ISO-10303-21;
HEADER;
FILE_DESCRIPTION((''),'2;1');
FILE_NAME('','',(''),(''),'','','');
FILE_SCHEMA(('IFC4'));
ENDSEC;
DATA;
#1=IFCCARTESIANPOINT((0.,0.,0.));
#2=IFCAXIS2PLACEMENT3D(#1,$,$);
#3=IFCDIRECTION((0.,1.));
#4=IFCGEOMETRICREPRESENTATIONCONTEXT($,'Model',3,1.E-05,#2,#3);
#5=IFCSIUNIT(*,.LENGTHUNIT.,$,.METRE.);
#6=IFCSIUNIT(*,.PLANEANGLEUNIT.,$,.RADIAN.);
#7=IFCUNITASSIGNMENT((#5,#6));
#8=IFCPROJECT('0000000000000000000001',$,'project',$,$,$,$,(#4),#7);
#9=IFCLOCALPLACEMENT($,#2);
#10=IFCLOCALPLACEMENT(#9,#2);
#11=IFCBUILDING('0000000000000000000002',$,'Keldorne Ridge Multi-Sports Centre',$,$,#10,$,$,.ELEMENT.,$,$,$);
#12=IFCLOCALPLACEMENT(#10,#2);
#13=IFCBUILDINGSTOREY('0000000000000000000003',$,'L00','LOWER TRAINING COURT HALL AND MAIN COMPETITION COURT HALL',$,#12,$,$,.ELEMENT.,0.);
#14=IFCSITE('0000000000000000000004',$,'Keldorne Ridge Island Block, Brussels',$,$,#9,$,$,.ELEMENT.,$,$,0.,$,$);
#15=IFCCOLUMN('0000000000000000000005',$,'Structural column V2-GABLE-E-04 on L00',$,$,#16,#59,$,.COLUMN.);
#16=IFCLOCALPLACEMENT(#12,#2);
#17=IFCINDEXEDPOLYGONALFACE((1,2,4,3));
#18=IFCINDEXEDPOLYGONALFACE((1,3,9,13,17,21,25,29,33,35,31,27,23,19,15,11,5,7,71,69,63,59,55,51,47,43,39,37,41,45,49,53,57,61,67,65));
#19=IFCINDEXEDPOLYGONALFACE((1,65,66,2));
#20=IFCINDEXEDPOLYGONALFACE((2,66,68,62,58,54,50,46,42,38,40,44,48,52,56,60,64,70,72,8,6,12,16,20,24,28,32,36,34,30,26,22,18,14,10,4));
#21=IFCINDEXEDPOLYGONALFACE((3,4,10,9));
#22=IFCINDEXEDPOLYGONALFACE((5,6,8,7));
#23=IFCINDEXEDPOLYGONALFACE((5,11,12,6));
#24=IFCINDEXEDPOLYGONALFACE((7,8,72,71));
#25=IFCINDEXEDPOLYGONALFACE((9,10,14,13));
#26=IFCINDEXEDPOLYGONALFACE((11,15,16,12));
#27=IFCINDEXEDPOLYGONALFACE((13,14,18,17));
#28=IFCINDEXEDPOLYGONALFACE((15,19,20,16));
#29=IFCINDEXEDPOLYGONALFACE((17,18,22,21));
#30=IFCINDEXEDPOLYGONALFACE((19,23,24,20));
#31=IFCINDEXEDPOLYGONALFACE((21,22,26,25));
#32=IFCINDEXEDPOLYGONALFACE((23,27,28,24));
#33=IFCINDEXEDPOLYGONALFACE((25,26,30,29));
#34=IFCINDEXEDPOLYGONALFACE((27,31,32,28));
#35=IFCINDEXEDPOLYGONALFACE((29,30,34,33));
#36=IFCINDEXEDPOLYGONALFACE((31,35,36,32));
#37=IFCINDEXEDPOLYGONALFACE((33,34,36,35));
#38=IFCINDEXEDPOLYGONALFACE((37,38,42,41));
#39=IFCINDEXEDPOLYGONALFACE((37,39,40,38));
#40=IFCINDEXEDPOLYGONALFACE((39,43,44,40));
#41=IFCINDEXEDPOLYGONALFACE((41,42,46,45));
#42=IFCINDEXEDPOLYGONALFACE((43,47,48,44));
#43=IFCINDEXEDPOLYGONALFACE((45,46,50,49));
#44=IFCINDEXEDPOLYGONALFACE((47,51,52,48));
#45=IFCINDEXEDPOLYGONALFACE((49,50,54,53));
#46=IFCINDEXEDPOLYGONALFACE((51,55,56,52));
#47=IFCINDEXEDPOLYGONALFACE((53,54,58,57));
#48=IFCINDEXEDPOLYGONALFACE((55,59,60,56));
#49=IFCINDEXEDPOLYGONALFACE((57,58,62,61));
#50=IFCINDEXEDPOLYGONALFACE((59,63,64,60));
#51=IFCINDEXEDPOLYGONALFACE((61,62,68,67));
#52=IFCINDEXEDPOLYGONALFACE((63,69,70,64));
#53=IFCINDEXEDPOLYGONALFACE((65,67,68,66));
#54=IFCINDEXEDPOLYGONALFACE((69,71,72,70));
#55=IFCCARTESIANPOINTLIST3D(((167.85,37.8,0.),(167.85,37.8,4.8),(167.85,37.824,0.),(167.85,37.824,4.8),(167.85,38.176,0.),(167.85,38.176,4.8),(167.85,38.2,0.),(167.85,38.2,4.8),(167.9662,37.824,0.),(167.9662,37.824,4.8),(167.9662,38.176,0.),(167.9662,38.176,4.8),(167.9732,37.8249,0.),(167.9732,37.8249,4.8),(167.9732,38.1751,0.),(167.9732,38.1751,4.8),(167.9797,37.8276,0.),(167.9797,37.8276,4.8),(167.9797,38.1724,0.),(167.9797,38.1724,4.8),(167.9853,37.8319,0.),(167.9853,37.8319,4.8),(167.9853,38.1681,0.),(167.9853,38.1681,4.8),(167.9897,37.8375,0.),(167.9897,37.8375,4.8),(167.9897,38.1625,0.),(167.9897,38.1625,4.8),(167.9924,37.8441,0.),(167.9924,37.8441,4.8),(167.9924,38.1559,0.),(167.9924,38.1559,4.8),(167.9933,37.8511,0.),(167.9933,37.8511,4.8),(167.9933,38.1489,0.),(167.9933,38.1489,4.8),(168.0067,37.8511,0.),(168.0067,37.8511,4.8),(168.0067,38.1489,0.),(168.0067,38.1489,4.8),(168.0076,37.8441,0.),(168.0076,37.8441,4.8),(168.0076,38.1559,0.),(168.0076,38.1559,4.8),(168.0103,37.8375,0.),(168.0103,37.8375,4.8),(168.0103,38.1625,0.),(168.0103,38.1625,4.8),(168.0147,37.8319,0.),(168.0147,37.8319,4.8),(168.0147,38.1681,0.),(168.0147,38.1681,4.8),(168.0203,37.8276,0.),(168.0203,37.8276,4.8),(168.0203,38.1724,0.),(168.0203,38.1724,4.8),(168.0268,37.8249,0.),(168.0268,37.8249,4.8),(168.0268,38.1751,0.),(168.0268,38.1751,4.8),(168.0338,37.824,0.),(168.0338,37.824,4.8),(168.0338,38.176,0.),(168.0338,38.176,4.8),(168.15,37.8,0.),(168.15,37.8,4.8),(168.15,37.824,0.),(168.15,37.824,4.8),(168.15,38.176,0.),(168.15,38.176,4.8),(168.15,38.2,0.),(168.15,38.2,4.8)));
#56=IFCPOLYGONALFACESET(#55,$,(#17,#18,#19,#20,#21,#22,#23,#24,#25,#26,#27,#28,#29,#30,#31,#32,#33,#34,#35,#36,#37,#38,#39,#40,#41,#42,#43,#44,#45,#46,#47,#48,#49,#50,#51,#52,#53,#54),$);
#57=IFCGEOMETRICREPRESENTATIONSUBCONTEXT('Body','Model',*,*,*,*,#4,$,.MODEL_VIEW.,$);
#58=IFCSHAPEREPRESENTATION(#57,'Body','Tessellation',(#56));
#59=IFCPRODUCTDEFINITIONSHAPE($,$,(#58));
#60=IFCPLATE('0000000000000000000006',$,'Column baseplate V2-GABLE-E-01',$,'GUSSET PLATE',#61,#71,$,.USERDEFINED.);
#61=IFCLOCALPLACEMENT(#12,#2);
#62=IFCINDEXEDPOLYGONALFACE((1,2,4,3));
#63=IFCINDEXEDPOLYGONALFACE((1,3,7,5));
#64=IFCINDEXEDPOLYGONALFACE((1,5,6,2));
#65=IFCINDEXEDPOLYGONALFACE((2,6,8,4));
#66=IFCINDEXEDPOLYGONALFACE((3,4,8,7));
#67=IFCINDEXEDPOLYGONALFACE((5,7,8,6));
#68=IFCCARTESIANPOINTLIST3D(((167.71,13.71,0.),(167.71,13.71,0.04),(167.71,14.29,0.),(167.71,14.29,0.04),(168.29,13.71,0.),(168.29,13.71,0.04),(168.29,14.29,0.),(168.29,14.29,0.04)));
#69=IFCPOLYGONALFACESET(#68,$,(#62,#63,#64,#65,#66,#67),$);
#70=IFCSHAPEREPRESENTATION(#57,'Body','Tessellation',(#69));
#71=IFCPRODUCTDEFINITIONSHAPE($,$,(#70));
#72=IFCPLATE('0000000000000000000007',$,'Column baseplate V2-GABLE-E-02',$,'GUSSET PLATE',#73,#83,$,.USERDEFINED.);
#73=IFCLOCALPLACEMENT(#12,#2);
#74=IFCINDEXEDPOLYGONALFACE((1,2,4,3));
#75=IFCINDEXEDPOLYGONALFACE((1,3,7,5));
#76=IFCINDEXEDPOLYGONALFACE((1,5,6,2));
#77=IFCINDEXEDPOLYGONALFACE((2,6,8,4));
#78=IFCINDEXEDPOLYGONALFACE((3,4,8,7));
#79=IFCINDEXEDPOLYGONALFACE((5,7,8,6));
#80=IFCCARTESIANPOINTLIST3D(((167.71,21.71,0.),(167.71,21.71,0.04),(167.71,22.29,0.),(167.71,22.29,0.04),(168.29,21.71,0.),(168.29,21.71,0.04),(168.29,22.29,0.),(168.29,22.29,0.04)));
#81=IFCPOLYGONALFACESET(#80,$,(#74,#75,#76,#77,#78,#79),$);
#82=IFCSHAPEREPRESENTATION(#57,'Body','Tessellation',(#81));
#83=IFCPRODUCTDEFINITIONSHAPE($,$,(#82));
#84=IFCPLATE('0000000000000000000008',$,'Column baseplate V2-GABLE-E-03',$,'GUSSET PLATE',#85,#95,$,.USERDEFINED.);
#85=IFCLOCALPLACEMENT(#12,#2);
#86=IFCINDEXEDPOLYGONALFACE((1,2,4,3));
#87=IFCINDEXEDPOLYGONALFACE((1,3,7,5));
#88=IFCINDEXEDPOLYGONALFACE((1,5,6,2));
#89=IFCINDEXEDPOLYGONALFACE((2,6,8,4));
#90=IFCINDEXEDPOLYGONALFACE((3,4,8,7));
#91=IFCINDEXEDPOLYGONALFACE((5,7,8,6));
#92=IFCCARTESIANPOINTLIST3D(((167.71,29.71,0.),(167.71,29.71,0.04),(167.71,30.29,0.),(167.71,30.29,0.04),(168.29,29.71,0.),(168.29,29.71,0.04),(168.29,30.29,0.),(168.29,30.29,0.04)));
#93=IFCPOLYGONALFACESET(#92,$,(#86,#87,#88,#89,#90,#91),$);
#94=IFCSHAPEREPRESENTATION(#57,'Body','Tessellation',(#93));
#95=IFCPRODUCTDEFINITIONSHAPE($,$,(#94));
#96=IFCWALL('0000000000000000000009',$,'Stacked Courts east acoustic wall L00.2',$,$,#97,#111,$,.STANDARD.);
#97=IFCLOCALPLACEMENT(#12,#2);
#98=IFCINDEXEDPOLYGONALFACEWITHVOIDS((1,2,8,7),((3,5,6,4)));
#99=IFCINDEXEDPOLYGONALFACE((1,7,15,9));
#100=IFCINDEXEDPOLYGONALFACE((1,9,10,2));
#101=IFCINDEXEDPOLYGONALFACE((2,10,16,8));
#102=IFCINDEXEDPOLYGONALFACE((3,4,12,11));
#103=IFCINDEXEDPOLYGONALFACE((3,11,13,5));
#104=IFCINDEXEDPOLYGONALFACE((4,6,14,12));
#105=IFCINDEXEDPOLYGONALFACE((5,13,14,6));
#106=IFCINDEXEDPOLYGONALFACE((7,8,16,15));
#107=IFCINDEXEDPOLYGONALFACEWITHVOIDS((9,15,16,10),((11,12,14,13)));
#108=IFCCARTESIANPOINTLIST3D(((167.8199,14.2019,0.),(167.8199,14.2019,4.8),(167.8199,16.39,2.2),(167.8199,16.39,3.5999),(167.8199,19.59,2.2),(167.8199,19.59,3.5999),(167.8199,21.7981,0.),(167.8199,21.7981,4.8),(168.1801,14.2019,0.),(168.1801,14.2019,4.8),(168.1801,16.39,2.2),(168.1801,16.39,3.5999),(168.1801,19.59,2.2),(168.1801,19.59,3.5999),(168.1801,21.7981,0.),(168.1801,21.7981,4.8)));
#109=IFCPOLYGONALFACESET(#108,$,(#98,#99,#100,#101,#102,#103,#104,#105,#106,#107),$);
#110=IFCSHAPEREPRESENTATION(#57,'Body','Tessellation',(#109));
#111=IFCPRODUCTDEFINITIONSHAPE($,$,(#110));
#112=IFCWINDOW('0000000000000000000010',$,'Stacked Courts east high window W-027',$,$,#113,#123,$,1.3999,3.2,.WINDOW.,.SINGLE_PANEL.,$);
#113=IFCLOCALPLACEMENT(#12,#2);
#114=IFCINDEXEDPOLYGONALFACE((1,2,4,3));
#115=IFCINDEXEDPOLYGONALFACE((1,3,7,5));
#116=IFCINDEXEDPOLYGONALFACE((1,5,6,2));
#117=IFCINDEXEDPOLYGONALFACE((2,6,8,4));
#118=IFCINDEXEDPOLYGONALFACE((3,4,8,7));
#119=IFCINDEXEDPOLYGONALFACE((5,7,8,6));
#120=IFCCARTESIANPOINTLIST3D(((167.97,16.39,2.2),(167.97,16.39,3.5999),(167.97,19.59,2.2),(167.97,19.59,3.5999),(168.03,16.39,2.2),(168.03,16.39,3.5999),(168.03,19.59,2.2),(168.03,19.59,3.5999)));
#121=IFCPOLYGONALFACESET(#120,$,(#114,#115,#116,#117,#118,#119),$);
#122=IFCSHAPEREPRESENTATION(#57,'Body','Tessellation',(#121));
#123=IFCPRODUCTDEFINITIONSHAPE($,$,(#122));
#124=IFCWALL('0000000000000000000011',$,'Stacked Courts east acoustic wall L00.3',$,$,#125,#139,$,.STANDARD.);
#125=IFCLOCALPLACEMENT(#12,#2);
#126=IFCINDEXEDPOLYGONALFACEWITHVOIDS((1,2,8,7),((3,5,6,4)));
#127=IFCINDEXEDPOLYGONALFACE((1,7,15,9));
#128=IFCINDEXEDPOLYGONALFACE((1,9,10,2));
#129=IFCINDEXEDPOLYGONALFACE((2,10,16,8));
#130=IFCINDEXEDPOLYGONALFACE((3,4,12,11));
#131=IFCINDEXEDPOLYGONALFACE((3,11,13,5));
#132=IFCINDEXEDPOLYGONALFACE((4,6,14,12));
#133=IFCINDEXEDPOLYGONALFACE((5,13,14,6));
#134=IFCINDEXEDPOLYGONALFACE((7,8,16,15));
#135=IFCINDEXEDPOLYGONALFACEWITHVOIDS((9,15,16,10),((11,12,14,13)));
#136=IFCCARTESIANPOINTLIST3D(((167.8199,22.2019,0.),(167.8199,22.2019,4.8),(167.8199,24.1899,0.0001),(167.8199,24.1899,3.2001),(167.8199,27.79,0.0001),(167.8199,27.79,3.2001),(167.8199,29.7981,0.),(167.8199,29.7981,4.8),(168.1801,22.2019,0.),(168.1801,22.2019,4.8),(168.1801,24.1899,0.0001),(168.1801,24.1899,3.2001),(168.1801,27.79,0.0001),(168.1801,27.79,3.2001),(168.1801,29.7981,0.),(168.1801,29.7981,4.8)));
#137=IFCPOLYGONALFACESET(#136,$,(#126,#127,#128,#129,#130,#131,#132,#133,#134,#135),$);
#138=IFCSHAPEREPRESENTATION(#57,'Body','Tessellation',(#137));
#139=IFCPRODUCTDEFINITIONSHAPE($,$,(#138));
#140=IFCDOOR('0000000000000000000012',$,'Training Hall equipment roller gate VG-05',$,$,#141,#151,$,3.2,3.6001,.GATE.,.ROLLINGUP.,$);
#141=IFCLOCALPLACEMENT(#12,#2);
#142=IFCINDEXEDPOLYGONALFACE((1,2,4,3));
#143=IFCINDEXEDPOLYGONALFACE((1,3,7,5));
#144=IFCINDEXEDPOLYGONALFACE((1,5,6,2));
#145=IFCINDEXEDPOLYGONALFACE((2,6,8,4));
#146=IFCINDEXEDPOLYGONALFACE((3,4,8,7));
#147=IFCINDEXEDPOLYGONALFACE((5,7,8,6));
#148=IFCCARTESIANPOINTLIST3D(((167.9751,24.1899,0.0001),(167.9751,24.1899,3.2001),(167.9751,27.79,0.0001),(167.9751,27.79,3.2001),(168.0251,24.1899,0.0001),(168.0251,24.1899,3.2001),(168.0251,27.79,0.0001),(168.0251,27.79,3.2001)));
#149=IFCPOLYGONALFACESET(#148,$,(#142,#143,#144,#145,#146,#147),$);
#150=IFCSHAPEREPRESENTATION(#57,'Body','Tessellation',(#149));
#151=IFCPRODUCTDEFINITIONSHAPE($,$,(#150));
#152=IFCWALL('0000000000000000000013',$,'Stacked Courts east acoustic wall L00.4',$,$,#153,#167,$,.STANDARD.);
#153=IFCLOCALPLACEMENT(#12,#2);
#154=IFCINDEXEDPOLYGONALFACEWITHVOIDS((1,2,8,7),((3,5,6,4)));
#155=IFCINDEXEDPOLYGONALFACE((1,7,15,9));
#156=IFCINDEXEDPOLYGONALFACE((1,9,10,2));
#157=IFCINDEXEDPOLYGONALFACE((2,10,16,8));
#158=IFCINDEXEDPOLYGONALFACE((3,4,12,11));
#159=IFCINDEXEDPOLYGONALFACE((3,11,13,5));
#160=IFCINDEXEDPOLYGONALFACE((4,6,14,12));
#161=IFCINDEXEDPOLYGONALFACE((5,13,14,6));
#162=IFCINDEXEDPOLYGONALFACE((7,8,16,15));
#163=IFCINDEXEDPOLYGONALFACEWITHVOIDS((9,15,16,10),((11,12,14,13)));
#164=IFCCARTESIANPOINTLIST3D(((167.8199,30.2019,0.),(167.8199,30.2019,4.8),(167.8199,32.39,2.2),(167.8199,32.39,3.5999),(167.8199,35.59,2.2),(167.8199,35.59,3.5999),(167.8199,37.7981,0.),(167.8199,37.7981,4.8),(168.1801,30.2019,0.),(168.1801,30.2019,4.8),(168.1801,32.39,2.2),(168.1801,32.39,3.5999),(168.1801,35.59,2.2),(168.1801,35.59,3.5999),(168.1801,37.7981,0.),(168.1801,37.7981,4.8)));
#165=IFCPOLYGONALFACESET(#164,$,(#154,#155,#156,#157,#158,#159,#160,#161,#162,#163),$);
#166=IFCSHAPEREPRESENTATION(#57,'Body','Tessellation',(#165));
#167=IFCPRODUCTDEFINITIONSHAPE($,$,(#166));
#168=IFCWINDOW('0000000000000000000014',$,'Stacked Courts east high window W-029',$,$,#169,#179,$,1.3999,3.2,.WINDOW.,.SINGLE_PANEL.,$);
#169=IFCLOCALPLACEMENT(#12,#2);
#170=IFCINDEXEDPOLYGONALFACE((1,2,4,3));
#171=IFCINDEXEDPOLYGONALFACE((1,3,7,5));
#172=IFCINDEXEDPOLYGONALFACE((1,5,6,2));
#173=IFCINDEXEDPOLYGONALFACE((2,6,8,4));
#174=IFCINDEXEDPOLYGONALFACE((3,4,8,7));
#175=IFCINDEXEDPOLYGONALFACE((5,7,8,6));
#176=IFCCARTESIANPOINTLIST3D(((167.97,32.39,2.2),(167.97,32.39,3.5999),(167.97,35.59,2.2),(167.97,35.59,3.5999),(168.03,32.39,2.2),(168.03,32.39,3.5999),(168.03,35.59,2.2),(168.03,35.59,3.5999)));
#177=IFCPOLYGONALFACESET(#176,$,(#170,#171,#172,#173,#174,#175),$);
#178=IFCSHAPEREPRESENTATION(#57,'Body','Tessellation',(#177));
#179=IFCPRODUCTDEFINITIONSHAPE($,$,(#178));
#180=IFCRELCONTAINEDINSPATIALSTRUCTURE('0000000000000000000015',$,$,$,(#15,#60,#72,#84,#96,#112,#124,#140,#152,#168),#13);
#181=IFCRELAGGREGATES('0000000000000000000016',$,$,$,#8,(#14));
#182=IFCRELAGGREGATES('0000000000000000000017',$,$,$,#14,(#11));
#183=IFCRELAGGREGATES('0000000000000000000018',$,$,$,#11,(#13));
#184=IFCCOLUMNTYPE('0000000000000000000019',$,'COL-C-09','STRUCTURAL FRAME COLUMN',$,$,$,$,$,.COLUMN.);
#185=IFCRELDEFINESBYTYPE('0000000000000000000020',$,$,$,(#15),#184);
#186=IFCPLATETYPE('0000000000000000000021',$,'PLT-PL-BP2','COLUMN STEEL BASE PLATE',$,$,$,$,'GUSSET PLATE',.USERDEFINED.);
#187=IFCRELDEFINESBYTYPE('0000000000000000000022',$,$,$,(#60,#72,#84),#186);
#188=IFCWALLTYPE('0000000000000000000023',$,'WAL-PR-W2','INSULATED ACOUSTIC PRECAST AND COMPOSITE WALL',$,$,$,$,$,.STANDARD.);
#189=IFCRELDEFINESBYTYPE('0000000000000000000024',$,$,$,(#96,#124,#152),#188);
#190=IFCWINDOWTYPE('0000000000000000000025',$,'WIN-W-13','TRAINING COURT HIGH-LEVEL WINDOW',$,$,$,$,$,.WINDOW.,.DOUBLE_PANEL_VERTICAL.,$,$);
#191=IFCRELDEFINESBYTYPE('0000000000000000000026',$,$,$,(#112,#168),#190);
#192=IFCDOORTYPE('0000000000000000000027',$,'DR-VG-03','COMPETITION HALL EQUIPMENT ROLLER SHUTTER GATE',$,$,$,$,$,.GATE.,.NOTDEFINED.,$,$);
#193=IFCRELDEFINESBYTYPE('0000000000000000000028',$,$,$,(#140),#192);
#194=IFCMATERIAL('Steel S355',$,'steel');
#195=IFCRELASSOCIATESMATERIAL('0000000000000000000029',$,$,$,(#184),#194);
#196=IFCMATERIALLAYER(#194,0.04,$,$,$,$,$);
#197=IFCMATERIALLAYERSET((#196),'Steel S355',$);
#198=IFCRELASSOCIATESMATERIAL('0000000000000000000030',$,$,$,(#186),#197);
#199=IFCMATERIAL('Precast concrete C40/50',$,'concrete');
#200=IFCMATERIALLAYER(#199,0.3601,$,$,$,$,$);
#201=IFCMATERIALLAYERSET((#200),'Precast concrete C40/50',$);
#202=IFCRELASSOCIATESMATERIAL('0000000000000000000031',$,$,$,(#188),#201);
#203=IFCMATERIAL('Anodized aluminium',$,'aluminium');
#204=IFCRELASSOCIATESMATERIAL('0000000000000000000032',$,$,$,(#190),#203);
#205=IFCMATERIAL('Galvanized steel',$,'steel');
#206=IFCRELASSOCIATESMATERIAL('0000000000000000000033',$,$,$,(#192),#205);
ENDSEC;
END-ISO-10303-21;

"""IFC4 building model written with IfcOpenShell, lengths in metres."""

from ifc_helpers import new_model, si_unit, direction, frame, frame_2d, origin, origin_2d, place, context, subcontext, project, spatial, rectangle, i_section, extrude, material, layer, layer_set, material_profile, profile_set, type_object, element, fill, save


model = new_model("IFC4")

# Units and contexts
model_context = context("Model", 3, precision=1e-05, world=origin(), true_north=direction((0.0, 1.0)))
body_context = subcontext(model_context, "Body", "Model", "MODEL_VIEW")
ifc_project = project(units=[si_unit("LENGTHUNIT", "METRE"), si_unit("PLANEANGLEUNIT", "RADIAN")], contexts=[model_context])

# Site, building, storey
site_placement = place(None, origin())
site = spatial("IfcSite", under=ifc_project, at=site_placement, Name="Keldorne Ridge Island Block, Brussels", CompositionType="ELEMENT", RefElevation=0.0)
building_placement = place(site_placement, origin())
building = spatial("IfcBuilding", under=site, at=building_placement, Name="Keldorne Ridge Multi-Sports Centre", CompositionType="ELEMENT")
storey_placement = place(building_placement, origin())
storey = spatial("IfcBuildingStorey", under=building, at=storey_placement, Name="L00", Description="LOWER TRAINING COURT HALL AND MAIN COMPETITION COURT HALL", CompositionType="ELEMENT", Elevation=0.0)

# Column
ifc_material_1 = material(Name="Steel S355", Category="steel")
ifc_material_profile_1 = material_profile(ifc_material_1, i_section(OverallWidth=0.3, OverallDepth=0.3999, WebThickness=0.0134, FlangeThickness=0.0239, FilletRadius=0.0271, at=origin_2d()), Name="HEB 400")
ifc_profile_set_1 = profile_set([ifc_material_profile_1], Name="Steel S355")
column_type = type_object("IfcColumnType", Name="COL-C-09", Description="STRUCTURAL FRAME COLUMN", PredefinedType="COLUMN", material=ifc_profile_set_1)
for number, where, z_axis, x_axis, name in (
    (1, (168.0, 38.0, 0.0), (0.0, 0.0, 1.0), (1.0, 0.0, 0.0), "Structural column V2-GABLE-E-04 on L00"),
):
    element("IfcColumn", number, at=place(storey_placement, frame(where, z_axis=z_axis, x_axis=x_axis)), inside=storey, type_object=column_type, Name=name, PredefinedType="COLUMN", context=body_context, shape_type="SweptSolid", body=[
        extrude(i_section(OverallWidth=0.3, OverallDepth=0.3999, WebThickness=0.0134, FlangeThickness=0.0239, FilletRadius=0.0271, at=origin_2d()), origin(), (0.0, 0.0, 1.0), 4.8),
    ])

# Plates
ifc_layer_1 = layer(ifc_material_1, 0.04)
ifc_layer_set_1 = layer_set([ifc_layer_1], Name="Steel S355")
plate_type = type_object("IfcPlateType", Name="PLT-PL-BP2", Description="COLUMN STEEL BASE PLATE", ElementType="GUSSET PLATE", PredefinedType="USERDEFINED", material=ifc_layer_set_1)
for number, where, z_axis, x_axis, name in (
    (2, (168.0, 14.0, 0.0), (0.0, 0.0, 1.0), (1.0, 0.0, 0.0), "Column baseplate V2-GABLE-E-01"),
    (3, (168.0, 22.0, 0.0), (0.0, 0.0, 1.0), (1.0, 0.0, 0.0), "Column baseplate V2-GABLE-E-02"),
    (4, (168.0, 30.0, 0.0), (0.0, 0.0, 1.0), (1.0, 0.0, 0.0), "Column baseplate V2-GABLE-E-03"),
):
    element("IfcPlate", number, at=place(storey_placement, frame(where, z_axis=z_axis, x_axis=x_axis)), inside=storey, type_object=plate_type, Name=name, ObjectType="GUSSET PLATE", PredefinedType="USERDEFINED", context=body_context, shape_type="SweptSolid", body=[
        extrude(rectangle(XDim=0.5801, YDim=0.5801, at=origin_2d()), origin(), (0.0, 0.0, 1.0), 0.04),
    ])

# Wall, opening, window
ifc_material_2 = material(Name="Precast concrete C40/50", Category="concrete")
ifc_layer_2 = layer(ifc_material_2, 0.3601)
ifc_layer_set_2 = layer_set([ifc_layer_2], Name="Precast concrete C40/50")
wall_type_1 = type_object("IfcWallType", Name="WAL-PR-W2", Description="INSULATED ACOUSTIC PRECAST AND COMPOSITE WALL", PredefinedType="STANDARD", material=ifc_layer_set_2)
wall_1_placement = place(storey_placement, frame((168.0, 14.2019, 0.0), z_axis=(0.0, 0.0, 1.0), x_axis=(0.0, 1.0, 0.0)))
wall_1 = element("IfcWall", 5, at=wall_1_placement, inside=storey, type_object=wall_type_1, Name="Stacked Courts east acoustic wall L00.2", PredefinedType="STANDARD", context=body_context, shape_type="SweptSolid", body=[
    extrude(rectangle(XDim=7.5962, YDim=0.3601, at=frame_2d((3.7981, 0.0))), origin(), (0.0, 0.0, 1.0), 4.8),
])
opening_1_placement = place(wall_1_placement, frame((2.188, 0.0, 2.2)))
opening_1 = element("IfcOpeningElement", 6, at=opening_1_placement, cuts=wall_1, PredefinedType="OPENING", context=body_context, shape_type="SweptSolid", body=[
    extrude(rectangle(XDim=3.2, YDim=1.3999, at=frame_2d((1.6001, 0.7))), frame((0.0, 0.1899, 0.0), z_axis=(0.0, -1.0, 0.0), x_axis=(1.0, 0.0, 0.0)), (0.0, 0.0, 1.0), 0.3801),
])
ifc_material_3 = material(Name="Anodized aluminium", Category="aluminium")
window_type = type_object("IfcWindowType", Name="WIN-W-13", Description="TRAINING COURT HIGH-LEVEL WINDOW", PartitioningType="DOUBLE_PANEL_VERTICAL", PredefinedType="WINDOW", material=ifc_material_3)
window_1_placement = place(opening_1_placement, origin())
window_1 = element("IfcWindow", 7, at=window_1_placement, inside=storey, type_object=window_type, Name="Stacked Courts east high window W-027", OverallHeight=1.3999, OverallWidth=3.2, PartitioningType="SINGLE_PANEL", PredefinedType="WINDOW", context=body_context, shape_type="SweptSolid", body=[
    extrude(rectangle(XDim=3.2, YDim=1.3999, at=frame_2d((1.6001, 0.7))), frame((0.0, 0.03, 0.0), z_axis=(0.0, -1.0, 0.0), x_axis=(1.0, 0.0, 0.0)), (0.0, 0.0, 1.0), 0.0601),
])
fill(opening_1, window_1)

# Wall, opening, door
wall_2_placement = place(storey_placement, frame((168.0, 22.2019, 0.0), z_axis=(0.0, 0.0, 1.0), x_axis=(0.0, 1.0, 0.0)))
wall_2 = element("IfcWall", 8, at=wall_2_placement, inside=storey, type_object=wall_type_1, Name="Stacked Courts east acoustic wall L00.3", PredefinedType="STANDARD", context=body_context, shape_type="SweptSolid", body=[
    extrude(rectangle(XDim=7.5962, YDim=0.3601, at=frame_2d((3.7981, 0.0))), origin(), (0.0, 0.0, 1.0), 4.8),
])
opening_2_placement = place(wall_2_placement, frame((1.988, 0.0, 0.0)))
opening_2 = element("IfcOpeningElement", 9, at=opening_2_placement, cuts=wall_2, PredefinedType="OPENING", context=body_context, shape_type="SweptSolid", body=[
    extrude(rectangle(XDim=3.6001, YDim=3.2, at=frame_2d((1.8, 1.6001))), frame((0.0, 0.1899, 0.0), z_axis=(0.0, -1.0, 0.0), x_axis=(1.0, 0.0, 0.0)), (0.0, 0.0, 1.0), 0.3801),
])
ifc_material_4 = material(Name="Galvanized steel", Category="steel")
door_type_1 = type_object("IfcDoorType", Name="DR-VG-03", Description="COMPETITION HALL EQUIPMENT ROLLER SHUTTER GATE", OperationType="NOTDEFINED", PredefinedType="GATE", material=ifc_material_4)
door_1_placement = place(opening_2_placement, origin())
door_1 = element("IfcDoor", 10, at=door_1_placement, inside=storey, type_object=door_type_1, Name="Training Hall equipment roller gate VG-05", OperationType="ROLLINGUP", OverallHeight=3.2, OverallWidth=3.6001, PredefinedType="GATE", context=body_context, shape_type="SweptSolid", body=[
    extrude(rectangle(XDim=3.6001, YDim=3.2, at=frame_2d((1.8, 1.6001))), frame((0.0, 0.0249, 0.0), z_axis=(0.0, -1.0, 0.0), x_axis=(1.0, 0.0, 0.0)), (0.0, 0.0, 1.0), 0.05),
])
fill(opening_2, door_1)

# Wall, opening, window
wall_3_placement = place(storey_placement, frame((168.0, 30.2019, 0.0), z_axis=(0.0, 0.0, 1.0), x_axis=(0.0, 1.0, 0.0)))
wall_3 = element("IfcWall", 11, at=wall_3_placement, inside=storey, type_object=wall_type_1, Name="Stacked Courts east acoustic wall L00.4", PredefinedType="STANDARD", context=body_context, shape_type="SweptSolid", body=[
    extrude(rectangle(XDim=7.5962, YDim=0.3601, at=frame_2d((3.7981, 0.0))), origin(), (0.0, 0.0, 1.0), 4.8),
])
opening_3_placement = place(wall_3_placement, frame((2.188, 0.0, 2.2)))
opening_3 = element("IfcOpeningElement", 12, at=opening_3_placement, cuts=wall_3, PredefinedType="OPENING", context=body_context, shape_type="SweptSolid", body=[
    extrude(rectangle(XDim=3.2, YDim=1.3999, at=frame_2d((1.6001, 0.7))), frame((0.0, 0.1899, 0.0), z_axis=(0.0, -1.0, 0.0), x_axis=(1.0, 0.0, 0.0)), (0.0, 0.0, 1.0), 0.3801),
])
window_2_placement = place(opening_3_placement, origin())
window_2 = element("IfcWindow", 13, at=window_2_placement, inside=storey, type_object=window_type, Name="Stacked Courts east high window W-029", OverallHeight=1.3999, OverallWidth=3.2, PartitioningType="SINGLE_PANEL", PredefinedType="WINDOW", context=body_context, shape_type="SweptSolid", body=[
    extrude(rectangle(XDim=3.2, YDim=1.3999, at=frame_2d((1.6001, 0.7))), frame((0.0, 0.03, 0.0), z_axis=(0.0, -1.0, 0.0), x_axis=(1.0, 0.0, 0.0)), (0.0, 0.0, 1.0), 0.0601),
])
fill(opening_3, window_2)

save(model, "model.ifc")
